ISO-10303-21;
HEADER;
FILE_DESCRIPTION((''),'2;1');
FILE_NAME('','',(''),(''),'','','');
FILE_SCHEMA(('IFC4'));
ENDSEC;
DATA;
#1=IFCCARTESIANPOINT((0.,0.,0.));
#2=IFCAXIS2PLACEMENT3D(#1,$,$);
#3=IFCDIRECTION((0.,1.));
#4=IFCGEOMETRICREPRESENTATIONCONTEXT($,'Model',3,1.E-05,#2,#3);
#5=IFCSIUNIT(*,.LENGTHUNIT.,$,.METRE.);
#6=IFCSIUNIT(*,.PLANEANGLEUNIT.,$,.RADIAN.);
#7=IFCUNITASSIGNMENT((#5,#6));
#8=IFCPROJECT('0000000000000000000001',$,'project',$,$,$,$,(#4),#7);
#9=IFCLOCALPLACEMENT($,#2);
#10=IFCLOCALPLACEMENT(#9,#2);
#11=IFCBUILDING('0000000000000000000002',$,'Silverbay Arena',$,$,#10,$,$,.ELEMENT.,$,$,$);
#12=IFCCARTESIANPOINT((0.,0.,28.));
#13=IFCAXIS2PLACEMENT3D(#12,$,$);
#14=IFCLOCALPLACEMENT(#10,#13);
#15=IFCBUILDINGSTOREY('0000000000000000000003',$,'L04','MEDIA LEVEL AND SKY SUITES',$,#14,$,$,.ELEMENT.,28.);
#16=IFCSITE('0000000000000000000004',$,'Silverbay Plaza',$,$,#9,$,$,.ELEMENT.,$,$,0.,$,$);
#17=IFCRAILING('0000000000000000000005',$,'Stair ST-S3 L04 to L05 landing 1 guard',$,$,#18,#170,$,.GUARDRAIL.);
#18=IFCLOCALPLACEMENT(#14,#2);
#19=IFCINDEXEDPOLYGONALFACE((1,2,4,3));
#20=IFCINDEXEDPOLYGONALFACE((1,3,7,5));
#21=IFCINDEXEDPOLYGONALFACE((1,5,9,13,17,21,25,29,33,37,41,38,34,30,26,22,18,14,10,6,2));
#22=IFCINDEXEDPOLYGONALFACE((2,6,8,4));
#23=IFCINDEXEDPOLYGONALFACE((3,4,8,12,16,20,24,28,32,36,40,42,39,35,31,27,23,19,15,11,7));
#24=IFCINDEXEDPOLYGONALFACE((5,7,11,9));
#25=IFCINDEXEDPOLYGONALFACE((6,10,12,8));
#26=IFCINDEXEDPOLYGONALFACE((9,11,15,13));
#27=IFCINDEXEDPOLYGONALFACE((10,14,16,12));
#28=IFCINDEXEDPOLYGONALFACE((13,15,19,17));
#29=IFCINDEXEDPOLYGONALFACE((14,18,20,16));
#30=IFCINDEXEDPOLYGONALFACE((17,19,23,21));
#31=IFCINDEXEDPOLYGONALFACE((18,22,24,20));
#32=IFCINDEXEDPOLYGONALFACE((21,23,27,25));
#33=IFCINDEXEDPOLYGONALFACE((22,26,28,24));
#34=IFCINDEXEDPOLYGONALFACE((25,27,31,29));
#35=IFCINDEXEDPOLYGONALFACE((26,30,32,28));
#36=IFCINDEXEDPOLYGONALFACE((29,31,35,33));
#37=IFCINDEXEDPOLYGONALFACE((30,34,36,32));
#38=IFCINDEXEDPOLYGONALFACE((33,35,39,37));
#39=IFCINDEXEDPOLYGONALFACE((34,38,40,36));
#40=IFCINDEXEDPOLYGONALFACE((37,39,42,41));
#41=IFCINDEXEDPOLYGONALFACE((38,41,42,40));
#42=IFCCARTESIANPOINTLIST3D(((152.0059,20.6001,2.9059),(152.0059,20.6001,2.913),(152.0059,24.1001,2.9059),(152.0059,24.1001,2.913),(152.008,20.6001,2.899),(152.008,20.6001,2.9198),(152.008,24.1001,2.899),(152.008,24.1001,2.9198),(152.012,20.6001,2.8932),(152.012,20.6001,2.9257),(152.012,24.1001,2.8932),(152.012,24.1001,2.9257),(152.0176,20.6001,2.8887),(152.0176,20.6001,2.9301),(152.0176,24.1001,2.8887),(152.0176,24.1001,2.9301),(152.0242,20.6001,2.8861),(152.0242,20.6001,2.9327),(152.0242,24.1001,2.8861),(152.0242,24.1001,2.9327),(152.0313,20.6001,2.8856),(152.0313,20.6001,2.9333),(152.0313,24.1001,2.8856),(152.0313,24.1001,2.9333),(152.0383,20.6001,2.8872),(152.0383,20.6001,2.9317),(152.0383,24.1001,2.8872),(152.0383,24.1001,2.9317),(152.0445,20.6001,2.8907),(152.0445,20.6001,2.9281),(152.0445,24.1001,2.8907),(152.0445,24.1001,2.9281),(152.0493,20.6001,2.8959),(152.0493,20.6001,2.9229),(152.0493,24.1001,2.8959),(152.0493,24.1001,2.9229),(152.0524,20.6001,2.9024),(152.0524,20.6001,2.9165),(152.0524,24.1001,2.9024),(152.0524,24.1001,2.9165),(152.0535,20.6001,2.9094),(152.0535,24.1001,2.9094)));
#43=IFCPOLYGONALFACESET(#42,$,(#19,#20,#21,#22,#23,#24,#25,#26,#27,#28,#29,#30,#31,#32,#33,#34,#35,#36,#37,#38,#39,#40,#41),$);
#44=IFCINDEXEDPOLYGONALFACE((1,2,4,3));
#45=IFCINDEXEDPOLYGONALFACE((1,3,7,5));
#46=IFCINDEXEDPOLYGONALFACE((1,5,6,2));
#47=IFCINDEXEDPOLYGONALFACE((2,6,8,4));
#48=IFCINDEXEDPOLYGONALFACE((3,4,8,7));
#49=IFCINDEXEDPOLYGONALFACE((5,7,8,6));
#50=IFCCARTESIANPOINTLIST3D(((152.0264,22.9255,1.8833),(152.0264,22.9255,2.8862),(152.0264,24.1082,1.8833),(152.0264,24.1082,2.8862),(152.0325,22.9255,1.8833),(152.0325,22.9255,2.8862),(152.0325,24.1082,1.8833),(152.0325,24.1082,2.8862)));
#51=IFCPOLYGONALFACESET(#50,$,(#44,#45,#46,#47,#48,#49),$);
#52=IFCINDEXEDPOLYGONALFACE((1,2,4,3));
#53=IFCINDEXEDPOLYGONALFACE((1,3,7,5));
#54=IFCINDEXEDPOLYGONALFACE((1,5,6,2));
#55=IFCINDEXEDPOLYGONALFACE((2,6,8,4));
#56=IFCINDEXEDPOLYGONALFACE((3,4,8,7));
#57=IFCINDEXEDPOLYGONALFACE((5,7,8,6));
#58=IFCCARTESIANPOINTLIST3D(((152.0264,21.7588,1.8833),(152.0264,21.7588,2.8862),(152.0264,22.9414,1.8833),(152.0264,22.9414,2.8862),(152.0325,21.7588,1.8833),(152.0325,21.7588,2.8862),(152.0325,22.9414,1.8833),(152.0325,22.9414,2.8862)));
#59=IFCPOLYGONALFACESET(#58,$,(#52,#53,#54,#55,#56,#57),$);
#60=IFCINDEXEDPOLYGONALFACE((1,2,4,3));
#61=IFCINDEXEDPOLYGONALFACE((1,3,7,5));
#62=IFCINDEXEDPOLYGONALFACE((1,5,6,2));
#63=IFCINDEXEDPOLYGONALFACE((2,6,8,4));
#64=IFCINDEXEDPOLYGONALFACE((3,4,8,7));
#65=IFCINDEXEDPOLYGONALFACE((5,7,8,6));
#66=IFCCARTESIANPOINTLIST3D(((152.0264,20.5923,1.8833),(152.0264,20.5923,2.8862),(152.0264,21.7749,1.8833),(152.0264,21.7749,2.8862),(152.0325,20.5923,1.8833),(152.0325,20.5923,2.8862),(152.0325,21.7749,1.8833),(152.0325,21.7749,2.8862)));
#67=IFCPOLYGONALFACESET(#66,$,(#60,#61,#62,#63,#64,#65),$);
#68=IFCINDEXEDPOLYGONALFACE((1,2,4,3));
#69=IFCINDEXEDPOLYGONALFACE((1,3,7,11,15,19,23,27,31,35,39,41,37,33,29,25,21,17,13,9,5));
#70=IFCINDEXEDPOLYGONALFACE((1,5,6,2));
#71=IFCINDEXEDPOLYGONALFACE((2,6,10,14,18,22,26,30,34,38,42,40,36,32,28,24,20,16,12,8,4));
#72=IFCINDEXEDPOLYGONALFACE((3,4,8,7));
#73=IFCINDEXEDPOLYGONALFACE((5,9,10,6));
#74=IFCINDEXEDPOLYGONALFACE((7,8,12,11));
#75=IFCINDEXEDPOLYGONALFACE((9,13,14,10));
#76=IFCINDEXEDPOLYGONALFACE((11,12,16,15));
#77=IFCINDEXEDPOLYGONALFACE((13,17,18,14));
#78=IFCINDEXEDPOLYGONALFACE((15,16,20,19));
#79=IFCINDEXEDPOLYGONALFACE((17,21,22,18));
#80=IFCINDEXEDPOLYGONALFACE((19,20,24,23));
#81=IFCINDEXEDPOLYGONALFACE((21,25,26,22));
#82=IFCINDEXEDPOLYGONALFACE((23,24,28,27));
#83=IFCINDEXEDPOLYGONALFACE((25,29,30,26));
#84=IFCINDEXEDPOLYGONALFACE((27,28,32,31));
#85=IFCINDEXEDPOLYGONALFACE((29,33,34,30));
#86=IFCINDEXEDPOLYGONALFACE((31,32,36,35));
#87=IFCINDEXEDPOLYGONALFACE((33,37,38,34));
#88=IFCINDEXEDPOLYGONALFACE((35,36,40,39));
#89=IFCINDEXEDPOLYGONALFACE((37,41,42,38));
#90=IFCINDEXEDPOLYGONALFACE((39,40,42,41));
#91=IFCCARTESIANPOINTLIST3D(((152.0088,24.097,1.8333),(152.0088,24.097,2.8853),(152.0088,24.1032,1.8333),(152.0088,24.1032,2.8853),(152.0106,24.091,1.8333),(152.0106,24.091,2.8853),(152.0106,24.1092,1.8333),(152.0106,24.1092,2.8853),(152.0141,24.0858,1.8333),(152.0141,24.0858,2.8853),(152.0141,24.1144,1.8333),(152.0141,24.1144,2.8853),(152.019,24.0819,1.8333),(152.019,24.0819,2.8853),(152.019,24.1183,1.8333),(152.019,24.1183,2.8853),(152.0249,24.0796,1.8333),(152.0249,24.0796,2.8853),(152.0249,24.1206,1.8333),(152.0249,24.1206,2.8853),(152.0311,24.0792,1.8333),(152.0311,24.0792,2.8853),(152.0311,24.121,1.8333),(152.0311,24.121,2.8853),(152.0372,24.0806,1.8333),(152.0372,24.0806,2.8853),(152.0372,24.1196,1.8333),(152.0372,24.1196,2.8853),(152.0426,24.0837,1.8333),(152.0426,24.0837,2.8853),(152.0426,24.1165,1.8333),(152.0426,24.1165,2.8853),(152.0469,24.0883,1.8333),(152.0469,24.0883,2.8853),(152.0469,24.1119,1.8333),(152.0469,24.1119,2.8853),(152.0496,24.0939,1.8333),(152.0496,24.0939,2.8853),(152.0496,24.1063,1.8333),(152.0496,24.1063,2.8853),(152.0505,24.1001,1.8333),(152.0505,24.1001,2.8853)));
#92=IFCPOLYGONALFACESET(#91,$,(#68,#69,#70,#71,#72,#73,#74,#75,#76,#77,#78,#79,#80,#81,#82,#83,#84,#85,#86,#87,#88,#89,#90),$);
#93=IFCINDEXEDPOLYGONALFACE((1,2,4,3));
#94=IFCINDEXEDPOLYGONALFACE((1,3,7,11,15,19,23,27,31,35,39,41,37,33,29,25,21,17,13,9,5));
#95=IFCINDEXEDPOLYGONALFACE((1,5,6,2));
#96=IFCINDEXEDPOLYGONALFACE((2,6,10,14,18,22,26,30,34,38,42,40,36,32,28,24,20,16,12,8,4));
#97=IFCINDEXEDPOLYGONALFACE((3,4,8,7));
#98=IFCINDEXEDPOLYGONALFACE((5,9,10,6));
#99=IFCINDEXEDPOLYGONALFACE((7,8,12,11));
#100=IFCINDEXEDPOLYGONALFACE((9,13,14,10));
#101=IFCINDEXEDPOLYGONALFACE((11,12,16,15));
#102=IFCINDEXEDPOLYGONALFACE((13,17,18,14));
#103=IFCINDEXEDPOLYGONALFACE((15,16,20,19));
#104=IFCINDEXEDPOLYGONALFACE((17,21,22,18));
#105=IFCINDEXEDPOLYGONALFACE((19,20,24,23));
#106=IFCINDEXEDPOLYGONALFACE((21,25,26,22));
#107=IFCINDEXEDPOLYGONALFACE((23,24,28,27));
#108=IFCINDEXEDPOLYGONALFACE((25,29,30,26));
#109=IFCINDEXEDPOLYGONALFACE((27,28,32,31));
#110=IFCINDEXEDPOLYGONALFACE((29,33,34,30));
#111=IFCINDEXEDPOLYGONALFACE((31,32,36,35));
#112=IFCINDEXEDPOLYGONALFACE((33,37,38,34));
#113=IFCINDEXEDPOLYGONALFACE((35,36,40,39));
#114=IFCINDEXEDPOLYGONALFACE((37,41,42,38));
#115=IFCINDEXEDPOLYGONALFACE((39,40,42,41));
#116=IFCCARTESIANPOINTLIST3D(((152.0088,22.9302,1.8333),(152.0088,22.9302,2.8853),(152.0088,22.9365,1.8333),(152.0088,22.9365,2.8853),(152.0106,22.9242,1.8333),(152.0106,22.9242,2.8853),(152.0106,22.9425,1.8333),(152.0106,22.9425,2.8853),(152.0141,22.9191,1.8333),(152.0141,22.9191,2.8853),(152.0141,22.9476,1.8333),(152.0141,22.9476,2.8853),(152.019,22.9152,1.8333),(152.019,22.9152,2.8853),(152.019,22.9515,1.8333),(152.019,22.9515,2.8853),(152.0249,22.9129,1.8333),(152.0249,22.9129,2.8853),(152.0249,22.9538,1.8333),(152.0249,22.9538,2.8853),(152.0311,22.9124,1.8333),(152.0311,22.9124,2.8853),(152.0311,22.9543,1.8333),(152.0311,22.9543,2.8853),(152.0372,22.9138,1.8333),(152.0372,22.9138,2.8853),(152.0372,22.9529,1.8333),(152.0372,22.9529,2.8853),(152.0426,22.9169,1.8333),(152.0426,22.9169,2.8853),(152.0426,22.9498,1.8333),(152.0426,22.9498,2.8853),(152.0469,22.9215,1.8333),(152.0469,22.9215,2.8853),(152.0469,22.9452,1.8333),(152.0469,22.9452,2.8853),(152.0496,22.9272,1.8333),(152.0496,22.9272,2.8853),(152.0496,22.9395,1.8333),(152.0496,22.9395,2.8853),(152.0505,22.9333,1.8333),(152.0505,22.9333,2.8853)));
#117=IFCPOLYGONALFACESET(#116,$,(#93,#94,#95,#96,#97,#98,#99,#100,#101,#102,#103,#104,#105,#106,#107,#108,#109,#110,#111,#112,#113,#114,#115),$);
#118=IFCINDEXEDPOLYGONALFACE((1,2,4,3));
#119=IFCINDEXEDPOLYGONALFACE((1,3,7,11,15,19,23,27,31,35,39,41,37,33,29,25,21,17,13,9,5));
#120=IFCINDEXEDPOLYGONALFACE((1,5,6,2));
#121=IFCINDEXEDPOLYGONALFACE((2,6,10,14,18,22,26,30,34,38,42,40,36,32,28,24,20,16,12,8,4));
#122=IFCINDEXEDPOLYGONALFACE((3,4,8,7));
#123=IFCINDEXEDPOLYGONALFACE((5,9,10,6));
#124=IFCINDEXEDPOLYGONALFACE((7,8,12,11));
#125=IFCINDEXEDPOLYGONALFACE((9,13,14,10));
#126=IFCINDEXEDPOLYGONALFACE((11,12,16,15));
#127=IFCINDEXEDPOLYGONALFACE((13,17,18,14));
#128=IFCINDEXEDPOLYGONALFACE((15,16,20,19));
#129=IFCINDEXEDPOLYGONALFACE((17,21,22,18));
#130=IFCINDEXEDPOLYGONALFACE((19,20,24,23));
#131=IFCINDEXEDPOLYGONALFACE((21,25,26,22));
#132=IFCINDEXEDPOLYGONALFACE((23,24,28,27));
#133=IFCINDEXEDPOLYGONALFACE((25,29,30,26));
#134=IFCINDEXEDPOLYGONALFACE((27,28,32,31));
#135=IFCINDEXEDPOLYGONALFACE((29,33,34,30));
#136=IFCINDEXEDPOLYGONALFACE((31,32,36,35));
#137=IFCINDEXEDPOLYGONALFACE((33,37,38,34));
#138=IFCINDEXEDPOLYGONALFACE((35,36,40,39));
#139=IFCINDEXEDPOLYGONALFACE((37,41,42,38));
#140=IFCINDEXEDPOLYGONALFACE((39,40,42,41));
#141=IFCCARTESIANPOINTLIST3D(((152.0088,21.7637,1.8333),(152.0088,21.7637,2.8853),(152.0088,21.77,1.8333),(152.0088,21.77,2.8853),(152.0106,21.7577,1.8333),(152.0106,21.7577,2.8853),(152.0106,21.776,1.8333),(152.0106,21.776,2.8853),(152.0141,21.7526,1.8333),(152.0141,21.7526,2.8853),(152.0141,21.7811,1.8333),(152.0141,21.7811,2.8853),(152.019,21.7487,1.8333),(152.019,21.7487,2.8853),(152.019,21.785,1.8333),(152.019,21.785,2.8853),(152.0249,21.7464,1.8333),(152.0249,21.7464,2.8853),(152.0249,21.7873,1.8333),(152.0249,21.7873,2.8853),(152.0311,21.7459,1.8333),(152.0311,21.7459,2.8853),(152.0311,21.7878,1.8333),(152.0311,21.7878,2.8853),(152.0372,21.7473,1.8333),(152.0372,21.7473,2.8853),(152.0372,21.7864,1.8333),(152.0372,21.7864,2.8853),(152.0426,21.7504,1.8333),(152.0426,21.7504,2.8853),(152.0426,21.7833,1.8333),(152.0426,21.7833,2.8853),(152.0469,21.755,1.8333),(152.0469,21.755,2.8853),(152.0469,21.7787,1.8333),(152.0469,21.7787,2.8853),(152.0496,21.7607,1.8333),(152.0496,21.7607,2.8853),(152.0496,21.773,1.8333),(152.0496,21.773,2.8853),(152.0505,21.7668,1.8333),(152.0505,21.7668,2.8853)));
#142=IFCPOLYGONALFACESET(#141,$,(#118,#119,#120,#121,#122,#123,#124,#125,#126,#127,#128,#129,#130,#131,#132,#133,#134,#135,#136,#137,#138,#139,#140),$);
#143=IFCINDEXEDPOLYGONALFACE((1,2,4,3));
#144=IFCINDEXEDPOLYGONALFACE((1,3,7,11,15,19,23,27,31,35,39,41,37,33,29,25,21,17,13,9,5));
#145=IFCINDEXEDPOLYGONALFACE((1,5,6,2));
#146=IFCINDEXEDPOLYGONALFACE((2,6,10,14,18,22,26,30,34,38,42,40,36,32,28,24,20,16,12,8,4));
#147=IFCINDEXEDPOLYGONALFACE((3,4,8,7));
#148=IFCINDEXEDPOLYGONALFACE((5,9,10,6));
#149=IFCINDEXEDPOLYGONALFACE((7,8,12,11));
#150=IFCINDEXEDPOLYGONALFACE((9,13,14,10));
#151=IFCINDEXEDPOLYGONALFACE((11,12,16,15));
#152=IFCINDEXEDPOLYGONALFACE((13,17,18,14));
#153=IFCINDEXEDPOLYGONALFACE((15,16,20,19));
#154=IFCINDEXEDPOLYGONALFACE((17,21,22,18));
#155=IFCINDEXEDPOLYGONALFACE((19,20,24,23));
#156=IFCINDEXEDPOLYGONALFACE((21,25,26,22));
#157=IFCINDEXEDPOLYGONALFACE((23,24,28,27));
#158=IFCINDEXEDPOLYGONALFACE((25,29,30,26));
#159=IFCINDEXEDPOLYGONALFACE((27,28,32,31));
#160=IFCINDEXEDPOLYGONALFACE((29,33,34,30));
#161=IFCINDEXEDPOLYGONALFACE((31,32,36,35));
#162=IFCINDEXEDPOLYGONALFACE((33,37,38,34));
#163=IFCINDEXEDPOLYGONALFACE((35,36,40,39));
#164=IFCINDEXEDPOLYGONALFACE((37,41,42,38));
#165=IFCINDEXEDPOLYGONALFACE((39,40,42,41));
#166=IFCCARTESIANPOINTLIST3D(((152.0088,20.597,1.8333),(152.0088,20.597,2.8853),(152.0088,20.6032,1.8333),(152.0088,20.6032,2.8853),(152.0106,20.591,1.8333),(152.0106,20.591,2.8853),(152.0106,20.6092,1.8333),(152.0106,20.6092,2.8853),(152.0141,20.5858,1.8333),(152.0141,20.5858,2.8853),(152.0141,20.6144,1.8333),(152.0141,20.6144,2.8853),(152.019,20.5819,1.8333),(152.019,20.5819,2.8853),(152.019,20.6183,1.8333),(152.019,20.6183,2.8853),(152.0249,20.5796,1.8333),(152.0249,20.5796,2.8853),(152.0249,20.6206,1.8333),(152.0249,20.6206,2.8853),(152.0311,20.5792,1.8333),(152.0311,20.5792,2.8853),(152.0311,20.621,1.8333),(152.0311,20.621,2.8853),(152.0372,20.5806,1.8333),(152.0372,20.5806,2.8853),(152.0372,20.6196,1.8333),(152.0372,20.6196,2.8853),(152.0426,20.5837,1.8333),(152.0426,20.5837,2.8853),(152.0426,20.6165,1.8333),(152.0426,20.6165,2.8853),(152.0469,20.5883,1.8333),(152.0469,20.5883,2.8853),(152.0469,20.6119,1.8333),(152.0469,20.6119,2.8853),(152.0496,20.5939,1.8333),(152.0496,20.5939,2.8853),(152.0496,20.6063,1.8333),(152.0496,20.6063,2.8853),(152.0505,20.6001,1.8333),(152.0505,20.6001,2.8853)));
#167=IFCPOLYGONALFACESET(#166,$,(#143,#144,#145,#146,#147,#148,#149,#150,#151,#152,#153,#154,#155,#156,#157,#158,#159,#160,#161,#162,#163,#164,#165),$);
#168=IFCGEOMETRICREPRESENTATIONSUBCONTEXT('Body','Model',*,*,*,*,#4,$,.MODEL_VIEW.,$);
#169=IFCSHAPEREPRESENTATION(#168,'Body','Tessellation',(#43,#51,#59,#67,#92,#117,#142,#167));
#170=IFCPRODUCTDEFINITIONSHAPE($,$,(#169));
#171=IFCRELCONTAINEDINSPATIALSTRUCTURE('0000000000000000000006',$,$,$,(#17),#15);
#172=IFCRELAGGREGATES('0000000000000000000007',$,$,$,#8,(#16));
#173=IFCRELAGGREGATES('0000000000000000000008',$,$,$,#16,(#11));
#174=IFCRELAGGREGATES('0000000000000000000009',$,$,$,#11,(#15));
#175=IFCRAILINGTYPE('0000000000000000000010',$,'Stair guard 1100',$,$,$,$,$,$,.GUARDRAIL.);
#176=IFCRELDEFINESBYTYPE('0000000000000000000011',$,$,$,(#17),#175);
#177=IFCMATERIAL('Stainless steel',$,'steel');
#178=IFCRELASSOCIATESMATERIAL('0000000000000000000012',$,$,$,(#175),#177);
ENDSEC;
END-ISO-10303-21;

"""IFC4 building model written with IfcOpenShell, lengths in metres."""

from ifc_helpers import new_model, si_unit, direction, frame, origin, origin_2d, place, context, subcontext, project, spatial, polyline, circle, outline, extrude, material, type_object, element, save


model = new_model("IFC4")

# Units and contexts
model_context = context("Model", 3, precision=1e-05, world=origin(), true_north=direction((0.0, 1.0)))
body_context = subcontext(model_context, "Body", "Model", "MODEL_VIEW")
ifc_project = project(units=[si_unit("LENGTHUNIT", "METRE"), si_unit("PLANEANGLEUNIT", "RADIAN")], contexts=[model_context])

# Site, building, storey
site_placement = place(None, origin())
site = spatial("IfcSite", under=ifc_project, at=site_placement, Name="Silverbay Plaza", CompositionType="ELEMENT", RefElevation=0.0)
building_placement = place(site_placement, origin())
building = spatial("IfcBuilding", under=site, at=building_placement, Name="Silverbay Arena", CompositionType="ELEMENT")
storey_placement = place(building_placement, frame((0.0, 0.0, 28.0)))
storey = spatial("IfcBuildingStorey", under=building, at=storey_placement, Name="L04", Description="MEDIA LEVEL AND SKY SUITES", CompositionType="ELEMENT", Elevation=28.0)

# Railing
ifc_material_1 = material(Name="Stainless steel", Category="steel")
railing_type_1 = type_object("IfcRailingType", Name="Stair guard 1100", PredefinedType="GUARDRAIL", material=ifc_material_1)
for number, where, name in (
    (1, (152.0295, 24.1001, 1.8333), "Stair ST-S3 L04 to L05 landing 1 guard"),
):
    element("IfcRailing", number, at=place(storey_placement, frame(where)), inside=storey, type_object=railing_type_1, Name=name, PredefinedType="GUARDRAIL", context=body_context, shape_type="SweptSolid", body=[
        extrude(circle(Radius=0.0239, at=origin_2d()), frame((0.0, 0.0, 1.0762), z_axis=(0.0, -1.0, 0.0), x_axis=(1.0, 0.0, 0.0)), (0.0, 0.0, 1.0), 3.5),
        extrude(outline(polyline([(-0.0081, 0.05), (1.1746, 0.05), (1.1746, 1.053), (-0.0081, 1.053), (-0.0081, 0.05)])), frame((0.0029, 0.0, 0.0), z_axis=(-1.0, 0.0, 0.0), x_axis=(0.0, -1.0, 0.0)), (0.0, 0.0, 1.0), 0.0061),
        extrude(outline(polyline([(-0.0081, 0.05), (1.1746, 0.05), (1.1746, 1.053), (-0.0081, 1.053), (-0.0081, 0.05)])), frame((0.0029, -1.1667, 0.0), z_axis=(-1.0, 0.0, 0.0), x_axis=(0.0, -1.0, 0.0)), (0.0, 0.0, 1.0), 0.0061),
        extrude(outline(polyline([(-0.0081, 0.05), (1.1746, 0.05), (1.1746, 1.053), (-0.0081, 1.053), (-0.0081, 0.05)])), frame((0.0029, -2.3333, 0.0), z_axis=(-1.0, 0.0, 0.0), x_axis=(0.0, -1.0, 0.0)), (0.0, 0.0, 1.0), 0.0061),
        extrude(circle(Radius=0.021, at=origin_2d()), origin(), (0.0, 0.0, 1.0), 1.052),
        extrude(circle(Radius=0.021, at=origin_2d()), frame((0.0, -1.1667, 0.0)), (0.0, 0.0, 1.0), 1.052),
        extrude(circle(Radius=0.021, at=origin_2d()), frame((0.0, -2.3333, 0.0)), (0.0, 0.0, 1.0), 1.052),
        extrude(circle(Radius=0.021, at=origin_2d()), frame((0.0, -3.5, 0.0)), (0.0, 0.0, 1.0), 1.052),
    ])

save(model, "model.ifc")
